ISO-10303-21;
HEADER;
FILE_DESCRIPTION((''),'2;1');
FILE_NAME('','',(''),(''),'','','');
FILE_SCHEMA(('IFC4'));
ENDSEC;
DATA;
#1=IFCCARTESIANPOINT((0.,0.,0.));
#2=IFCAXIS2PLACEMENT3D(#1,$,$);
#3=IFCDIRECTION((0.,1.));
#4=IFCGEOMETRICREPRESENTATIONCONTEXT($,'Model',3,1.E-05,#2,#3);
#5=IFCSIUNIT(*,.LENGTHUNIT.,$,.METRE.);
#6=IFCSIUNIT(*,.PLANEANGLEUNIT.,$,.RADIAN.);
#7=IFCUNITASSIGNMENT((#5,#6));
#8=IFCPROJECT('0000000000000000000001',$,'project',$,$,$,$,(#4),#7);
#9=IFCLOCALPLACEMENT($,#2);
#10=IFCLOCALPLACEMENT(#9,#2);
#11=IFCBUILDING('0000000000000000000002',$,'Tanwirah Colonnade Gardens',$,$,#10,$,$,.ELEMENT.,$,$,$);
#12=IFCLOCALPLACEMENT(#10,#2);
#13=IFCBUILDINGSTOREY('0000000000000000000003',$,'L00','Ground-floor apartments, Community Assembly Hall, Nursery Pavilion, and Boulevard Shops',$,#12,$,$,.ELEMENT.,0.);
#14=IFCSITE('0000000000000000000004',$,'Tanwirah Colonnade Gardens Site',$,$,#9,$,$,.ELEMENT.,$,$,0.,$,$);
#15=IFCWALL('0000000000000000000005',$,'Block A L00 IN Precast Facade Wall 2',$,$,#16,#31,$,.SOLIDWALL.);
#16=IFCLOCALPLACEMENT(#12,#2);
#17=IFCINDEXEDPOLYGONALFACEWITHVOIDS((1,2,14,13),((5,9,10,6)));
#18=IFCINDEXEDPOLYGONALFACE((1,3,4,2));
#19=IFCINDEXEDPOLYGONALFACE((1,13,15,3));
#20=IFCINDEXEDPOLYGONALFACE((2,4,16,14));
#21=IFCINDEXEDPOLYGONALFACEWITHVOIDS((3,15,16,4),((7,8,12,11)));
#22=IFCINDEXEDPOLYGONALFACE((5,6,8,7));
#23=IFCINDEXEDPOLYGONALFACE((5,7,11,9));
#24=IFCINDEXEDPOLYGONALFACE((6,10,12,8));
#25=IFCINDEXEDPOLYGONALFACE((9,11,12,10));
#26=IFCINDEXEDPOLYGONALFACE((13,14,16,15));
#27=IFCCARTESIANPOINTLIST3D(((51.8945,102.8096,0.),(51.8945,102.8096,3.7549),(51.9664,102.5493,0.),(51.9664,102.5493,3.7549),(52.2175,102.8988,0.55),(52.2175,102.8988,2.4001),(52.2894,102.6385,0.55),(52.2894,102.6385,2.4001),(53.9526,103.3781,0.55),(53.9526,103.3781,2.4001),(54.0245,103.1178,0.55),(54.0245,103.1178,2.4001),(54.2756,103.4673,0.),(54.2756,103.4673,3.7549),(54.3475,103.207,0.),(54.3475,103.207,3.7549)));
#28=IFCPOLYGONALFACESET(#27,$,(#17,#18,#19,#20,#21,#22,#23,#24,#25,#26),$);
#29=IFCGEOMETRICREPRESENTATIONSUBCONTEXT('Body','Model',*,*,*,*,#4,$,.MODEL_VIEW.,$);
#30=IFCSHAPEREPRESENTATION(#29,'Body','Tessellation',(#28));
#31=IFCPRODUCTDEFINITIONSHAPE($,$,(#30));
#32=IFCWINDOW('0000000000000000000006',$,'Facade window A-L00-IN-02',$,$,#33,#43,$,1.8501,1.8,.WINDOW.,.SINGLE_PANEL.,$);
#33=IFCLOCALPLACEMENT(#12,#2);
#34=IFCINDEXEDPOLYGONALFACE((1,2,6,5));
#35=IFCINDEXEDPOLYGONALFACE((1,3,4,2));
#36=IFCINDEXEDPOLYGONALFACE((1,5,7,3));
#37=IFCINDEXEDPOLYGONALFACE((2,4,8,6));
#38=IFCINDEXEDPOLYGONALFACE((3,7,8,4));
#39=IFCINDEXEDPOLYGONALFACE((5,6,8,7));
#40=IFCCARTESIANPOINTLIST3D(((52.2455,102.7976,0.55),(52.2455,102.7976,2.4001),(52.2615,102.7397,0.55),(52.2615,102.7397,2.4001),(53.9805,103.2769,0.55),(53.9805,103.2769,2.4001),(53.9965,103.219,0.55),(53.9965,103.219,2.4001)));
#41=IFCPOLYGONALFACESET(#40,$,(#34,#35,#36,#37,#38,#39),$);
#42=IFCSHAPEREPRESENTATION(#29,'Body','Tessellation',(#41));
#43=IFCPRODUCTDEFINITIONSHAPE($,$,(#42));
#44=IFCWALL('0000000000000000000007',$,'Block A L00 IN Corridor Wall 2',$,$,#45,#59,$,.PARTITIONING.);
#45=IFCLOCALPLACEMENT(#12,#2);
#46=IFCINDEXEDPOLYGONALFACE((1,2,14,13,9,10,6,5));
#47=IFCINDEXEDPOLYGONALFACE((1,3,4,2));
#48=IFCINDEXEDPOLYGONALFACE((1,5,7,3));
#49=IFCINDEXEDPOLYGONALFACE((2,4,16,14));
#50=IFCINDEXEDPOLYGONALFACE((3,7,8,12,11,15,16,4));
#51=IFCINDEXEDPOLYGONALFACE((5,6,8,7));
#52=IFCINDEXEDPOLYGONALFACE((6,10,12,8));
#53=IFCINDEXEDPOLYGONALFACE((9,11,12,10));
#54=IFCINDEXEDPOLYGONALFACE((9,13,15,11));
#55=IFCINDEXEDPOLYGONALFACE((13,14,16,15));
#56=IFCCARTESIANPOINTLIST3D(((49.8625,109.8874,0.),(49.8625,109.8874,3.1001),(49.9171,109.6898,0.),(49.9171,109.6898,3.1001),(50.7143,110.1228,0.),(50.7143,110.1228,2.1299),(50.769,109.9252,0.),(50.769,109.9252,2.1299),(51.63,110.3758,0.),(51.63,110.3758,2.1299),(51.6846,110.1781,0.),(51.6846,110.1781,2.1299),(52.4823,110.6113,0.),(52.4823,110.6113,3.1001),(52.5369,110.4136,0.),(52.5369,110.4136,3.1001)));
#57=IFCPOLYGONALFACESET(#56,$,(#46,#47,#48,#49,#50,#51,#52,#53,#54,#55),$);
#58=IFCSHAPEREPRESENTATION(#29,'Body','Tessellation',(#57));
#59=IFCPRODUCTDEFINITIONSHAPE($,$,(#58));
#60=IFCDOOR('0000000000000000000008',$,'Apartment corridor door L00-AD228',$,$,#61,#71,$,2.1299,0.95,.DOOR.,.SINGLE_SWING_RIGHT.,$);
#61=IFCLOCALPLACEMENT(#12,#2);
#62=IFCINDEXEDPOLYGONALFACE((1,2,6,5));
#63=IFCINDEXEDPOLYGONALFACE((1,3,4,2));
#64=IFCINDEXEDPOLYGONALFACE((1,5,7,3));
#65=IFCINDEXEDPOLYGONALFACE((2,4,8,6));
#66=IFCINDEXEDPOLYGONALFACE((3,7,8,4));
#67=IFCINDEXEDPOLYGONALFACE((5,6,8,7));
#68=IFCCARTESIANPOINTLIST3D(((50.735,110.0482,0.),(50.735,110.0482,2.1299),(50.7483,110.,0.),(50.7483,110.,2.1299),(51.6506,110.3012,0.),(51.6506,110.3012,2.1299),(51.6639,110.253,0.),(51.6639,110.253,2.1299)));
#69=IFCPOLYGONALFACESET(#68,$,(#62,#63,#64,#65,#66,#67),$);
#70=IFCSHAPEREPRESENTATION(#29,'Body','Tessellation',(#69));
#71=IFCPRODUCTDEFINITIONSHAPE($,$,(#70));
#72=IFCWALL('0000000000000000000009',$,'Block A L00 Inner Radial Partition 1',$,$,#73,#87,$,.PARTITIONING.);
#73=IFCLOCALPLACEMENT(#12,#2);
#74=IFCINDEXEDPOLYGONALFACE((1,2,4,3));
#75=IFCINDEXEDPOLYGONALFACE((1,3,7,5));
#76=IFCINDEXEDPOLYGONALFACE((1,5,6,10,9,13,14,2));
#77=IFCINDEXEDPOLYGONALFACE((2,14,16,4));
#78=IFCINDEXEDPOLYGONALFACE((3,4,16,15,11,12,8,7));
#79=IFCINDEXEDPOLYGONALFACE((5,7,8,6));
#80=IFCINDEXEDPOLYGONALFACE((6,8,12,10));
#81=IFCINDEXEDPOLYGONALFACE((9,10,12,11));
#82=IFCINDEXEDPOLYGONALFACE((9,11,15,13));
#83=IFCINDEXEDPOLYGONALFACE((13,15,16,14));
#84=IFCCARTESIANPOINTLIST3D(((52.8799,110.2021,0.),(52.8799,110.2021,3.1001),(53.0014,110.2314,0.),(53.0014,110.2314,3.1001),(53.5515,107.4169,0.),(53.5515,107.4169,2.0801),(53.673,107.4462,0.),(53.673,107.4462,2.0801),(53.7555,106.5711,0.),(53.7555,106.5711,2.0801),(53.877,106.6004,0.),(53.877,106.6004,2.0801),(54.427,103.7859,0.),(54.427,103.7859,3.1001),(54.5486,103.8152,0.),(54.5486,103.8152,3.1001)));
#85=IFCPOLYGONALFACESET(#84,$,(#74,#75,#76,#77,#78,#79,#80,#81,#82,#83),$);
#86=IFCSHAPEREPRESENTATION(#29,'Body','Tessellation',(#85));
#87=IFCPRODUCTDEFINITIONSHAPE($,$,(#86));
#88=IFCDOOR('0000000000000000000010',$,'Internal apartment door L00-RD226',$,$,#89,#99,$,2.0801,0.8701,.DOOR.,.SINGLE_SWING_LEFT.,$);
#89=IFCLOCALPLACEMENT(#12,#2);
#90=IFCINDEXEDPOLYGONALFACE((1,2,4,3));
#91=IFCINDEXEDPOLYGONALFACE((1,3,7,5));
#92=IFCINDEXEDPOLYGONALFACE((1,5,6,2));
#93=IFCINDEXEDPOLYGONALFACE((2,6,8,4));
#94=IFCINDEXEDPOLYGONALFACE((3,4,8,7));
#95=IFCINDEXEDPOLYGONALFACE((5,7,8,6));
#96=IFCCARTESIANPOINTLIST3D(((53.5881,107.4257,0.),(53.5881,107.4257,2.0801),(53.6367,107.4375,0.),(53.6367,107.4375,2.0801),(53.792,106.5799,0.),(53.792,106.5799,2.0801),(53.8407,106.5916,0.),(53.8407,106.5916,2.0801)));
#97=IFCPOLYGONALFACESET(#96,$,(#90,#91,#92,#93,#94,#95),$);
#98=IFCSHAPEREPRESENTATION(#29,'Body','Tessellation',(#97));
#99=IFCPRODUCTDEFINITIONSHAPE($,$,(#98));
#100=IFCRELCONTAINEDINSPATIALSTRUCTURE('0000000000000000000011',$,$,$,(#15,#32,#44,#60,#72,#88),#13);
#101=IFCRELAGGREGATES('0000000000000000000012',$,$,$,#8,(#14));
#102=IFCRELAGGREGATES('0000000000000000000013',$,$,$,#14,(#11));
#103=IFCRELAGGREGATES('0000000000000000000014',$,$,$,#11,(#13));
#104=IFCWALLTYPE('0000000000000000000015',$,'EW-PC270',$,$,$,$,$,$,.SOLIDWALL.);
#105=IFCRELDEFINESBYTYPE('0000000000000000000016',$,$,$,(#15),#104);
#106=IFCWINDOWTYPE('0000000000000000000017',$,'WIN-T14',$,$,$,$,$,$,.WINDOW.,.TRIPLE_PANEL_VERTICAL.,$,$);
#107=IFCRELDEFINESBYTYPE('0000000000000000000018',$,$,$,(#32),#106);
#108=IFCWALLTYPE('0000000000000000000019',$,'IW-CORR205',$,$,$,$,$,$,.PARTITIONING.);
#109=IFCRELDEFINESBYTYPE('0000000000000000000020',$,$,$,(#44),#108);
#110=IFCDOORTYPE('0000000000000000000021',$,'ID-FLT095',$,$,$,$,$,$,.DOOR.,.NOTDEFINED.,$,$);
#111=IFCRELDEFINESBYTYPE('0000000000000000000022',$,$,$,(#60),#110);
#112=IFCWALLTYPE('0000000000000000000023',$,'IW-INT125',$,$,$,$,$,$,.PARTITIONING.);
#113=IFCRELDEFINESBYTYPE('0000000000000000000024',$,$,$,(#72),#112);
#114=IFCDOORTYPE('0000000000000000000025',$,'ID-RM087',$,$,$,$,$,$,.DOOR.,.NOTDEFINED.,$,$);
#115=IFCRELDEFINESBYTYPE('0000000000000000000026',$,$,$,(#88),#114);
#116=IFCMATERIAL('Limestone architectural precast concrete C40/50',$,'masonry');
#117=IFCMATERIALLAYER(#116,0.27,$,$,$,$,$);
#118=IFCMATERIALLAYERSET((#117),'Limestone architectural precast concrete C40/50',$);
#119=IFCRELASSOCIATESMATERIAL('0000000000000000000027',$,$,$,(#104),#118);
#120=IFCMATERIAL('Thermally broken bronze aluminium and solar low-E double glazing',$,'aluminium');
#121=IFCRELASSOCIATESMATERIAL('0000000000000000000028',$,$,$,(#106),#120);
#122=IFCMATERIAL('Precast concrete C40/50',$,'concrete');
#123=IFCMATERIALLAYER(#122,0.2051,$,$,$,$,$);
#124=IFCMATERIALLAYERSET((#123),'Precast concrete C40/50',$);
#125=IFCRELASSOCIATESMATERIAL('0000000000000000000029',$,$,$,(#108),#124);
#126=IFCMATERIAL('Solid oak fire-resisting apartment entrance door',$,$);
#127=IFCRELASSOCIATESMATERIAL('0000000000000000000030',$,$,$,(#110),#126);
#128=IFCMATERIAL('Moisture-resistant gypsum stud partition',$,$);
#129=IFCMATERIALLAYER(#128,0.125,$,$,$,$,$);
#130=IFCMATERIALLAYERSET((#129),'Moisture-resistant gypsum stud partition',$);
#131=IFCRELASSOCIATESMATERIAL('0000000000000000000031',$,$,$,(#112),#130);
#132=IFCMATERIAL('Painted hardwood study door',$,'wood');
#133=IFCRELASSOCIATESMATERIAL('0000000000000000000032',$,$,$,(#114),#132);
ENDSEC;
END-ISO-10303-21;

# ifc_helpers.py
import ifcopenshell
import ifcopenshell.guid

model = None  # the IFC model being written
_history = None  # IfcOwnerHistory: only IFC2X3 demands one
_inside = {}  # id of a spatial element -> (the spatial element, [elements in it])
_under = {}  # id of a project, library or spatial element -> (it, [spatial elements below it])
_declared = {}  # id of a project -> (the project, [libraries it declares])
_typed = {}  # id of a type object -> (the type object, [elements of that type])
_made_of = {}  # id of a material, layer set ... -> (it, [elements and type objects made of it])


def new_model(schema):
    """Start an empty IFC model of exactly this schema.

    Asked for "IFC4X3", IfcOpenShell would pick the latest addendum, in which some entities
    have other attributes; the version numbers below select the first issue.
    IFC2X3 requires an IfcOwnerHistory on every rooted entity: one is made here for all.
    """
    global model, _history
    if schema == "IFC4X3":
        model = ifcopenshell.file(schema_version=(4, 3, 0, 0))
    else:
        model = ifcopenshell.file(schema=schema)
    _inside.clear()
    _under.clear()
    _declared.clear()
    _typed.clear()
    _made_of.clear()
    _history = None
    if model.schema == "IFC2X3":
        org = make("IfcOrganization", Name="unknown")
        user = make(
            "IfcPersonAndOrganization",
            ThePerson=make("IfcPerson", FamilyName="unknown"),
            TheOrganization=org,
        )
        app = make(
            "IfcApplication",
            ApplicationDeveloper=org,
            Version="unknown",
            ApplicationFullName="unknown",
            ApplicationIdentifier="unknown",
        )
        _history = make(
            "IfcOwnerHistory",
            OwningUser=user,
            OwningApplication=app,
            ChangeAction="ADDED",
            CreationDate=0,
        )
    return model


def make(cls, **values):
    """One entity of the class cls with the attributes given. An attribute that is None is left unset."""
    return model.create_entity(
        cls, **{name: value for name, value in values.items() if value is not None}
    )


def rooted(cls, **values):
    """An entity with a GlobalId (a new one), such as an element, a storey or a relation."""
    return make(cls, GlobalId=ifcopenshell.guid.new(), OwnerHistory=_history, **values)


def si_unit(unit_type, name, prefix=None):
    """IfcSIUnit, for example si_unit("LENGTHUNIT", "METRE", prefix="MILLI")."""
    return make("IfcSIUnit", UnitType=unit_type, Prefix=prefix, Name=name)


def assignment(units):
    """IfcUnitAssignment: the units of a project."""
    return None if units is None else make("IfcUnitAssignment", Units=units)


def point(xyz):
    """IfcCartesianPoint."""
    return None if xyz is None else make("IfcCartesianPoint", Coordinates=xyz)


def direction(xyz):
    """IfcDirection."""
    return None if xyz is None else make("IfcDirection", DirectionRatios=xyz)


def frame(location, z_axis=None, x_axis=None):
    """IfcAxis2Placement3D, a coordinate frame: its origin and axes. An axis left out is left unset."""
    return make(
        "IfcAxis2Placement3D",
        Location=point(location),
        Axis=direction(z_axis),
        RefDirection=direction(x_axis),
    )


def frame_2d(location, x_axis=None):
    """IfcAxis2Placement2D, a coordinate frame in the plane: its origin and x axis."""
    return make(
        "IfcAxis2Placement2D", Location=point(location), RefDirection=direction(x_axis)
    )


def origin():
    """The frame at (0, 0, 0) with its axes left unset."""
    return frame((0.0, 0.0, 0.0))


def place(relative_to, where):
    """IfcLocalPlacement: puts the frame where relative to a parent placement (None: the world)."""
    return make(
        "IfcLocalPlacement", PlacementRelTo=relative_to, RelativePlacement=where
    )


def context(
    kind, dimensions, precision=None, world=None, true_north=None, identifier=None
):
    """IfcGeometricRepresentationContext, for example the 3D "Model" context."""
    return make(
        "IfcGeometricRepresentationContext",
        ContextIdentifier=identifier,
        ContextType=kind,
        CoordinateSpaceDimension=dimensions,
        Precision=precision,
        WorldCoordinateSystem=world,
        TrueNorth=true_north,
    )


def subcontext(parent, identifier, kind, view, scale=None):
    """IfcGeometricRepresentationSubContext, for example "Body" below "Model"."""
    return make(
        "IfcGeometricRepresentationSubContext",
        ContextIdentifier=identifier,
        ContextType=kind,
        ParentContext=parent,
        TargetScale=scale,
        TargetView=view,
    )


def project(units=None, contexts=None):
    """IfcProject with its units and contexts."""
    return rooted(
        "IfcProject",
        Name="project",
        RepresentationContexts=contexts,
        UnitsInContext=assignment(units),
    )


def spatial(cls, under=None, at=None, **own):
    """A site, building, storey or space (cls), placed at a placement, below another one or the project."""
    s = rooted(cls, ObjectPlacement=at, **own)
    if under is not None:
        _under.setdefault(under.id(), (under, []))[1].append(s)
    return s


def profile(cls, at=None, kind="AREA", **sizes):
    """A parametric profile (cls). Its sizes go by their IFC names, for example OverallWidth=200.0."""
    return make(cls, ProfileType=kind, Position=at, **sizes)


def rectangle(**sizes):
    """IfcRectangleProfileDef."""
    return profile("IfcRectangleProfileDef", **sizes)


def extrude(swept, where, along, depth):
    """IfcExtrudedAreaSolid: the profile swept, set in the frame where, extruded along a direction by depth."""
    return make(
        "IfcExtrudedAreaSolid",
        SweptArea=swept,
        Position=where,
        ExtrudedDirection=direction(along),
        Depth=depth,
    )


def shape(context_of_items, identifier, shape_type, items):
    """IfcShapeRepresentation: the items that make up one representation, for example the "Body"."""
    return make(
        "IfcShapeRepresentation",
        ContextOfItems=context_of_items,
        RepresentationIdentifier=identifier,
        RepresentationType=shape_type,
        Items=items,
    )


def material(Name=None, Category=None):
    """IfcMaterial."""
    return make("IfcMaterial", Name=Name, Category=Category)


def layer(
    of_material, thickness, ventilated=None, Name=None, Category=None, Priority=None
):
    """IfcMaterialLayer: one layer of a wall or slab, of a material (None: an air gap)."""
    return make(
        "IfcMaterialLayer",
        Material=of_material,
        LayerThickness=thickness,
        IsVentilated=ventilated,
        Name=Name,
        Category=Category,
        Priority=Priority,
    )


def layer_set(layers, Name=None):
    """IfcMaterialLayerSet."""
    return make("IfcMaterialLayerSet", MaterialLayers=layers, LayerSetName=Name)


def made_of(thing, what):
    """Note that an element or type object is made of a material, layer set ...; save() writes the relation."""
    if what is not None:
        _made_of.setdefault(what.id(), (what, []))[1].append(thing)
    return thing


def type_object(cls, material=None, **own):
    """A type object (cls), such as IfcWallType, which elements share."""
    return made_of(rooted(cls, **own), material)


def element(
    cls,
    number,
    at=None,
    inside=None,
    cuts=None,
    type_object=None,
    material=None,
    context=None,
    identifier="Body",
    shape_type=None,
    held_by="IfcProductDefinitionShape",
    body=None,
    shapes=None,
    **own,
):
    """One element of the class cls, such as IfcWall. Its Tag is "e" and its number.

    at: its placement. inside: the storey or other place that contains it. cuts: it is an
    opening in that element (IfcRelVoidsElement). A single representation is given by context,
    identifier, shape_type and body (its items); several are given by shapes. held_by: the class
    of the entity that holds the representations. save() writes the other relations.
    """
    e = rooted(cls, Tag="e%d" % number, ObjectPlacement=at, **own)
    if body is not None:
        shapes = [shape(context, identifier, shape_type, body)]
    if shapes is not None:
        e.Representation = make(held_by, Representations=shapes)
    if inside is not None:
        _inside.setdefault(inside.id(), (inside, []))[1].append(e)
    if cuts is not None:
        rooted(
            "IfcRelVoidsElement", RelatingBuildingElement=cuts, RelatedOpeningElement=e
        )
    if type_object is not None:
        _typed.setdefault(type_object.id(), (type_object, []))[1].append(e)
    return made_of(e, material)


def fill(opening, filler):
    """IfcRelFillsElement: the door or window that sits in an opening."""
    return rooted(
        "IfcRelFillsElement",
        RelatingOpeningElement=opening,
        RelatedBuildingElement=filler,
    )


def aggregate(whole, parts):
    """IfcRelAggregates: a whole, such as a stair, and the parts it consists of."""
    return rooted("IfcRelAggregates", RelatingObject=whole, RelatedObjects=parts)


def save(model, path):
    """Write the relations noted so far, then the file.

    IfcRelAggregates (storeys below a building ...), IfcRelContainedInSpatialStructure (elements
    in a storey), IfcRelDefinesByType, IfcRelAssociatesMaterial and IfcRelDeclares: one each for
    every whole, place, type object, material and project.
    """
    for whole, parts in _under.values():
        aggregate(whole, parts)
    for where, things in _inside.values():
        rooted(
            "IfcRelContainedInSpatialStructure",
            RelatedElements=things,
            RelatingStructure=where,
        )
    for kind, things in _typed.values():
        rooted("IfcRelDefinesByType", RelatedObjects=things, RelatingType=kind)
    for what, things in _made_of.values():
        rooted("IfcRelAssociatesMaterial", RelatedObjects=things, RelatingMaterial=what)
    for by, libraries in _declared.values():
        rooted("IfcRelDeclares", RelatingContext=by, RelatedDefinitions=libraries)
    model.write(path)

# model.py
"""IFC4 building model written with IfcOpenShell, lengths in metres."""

from ifc_helpers import new_model, si_unit, direction, frame, frame_2d, origin, place, context, subcontext, project, spatial, rectangle, extrude, material, layer, layer_set, type_object, element, fill, save


model = new_model("IFC4")

# Units and contexts
model_context = context("Model", 3, precision=1e-05, world=origin(), true_north=direction((0.0, 1.0)))
body_context = subcontext(model_context, "Body", "Model", "MODEL_VIEW")
ifc_project = project(units=[si_unit("LENGTHUNIT", "METRE"), si_unit("PLANEANGLEUNIT", "RADIAN")], contexts=[model_context])

# Site, building, storey
site_placement = place(None, origin())
site = spatial("IfcSite", under=ifc_project, at=site_placement, Name="Tanwirah Colonnade Gardens Site", CompositionType="ELEMENT", RefElevation=0.0)
building_placement = place(site_placement, origin())
building = spatial("IfcBuilding", under=site, at=building_placement, Name="Tanwirah Colonnade Gardens", CompositionType="ELEMENT")
storey_placement = place(building_placement, origin())
storey = spatial("IfcBuildingStorey", under=building, at=storey_placement, Name="L00", Description="Ground-floor apartments, Community Assembly Hall, Nursery Pavilion, and Boulevard Shops", CompositionType="ELEMENT", Elevation=0.0)

# Shared definitions
ifc_material_1 = material(Name="Precast concrete C40/50", Category="concrete")

# Wall, opening, window
ifc_material_2 = material(Name="Limestone architectural precast concrete C40/50", Category="masonry")
ifc_layer_1 = layer(ifc_material_2, 0.27)
ifc_layer_set_1 = layer_set([ifc_layer_1], Name="Limestone architectural precast concrete C40/50")
wall_type_1 = type_object("IfcWallType", Name="EW-PC270", PredefinedType="SOLIDWALL", material=ifc_layer_set_1)
wall_1_placement = place(storey_placement, frame((54.3115, 103.3372, 0.0), z_axis=(0.0, 0.0, 1.0), x_axis=(-0.963903, -0.266252, 0.0)))
wall_1 = element("IfcWall", 1, at=wall_1_placement, inside=storey, type_object=wall_type_1, Name="Block A L00 IN Precast Facade Wall 2", PredefinedType="SOLIDWALL", context=body_context, shape_type="SweptSolid", body=[
    extrude(rectangle(XDim=2.4702, YDim=0.27, at=frame_2d((1.2351, 0.0))), origin(), (0.0, 0.0, 1.0), 3.7549),
])
opening_1_placement = place(wall_1_placement, frame((0.3352, 0.0, 0.55)))
opening_1 = element("IfcOpeningElement", 2, at=opening_1_placement, cuts=wall_1, PredefinedType="OPENING", context=body_context, shape_type="SweptSolid", body=[
    extrude(rectangle(XDim=1.8, YDim=1.8501, at=frame_2d((0.8999, 0.925))), frame((0.0, 0.145, 0.0), z_axis=(0.0, -1.0, 0.0), x_axis=(1.0, 0.0, 0.0)), (0.0, 0.0, 1.0), 0.29),
])
ifc_material_3 = material(Name="Thermally broken bronze aluminium and solar low-E double glazing", Category="aluminium")
window_type = type_object("IfcWindowType", Name="WIN-T14", PartitioningType="TRIPLE_PANEL_VERTICAL", PredefinedType="WINDOW", material=ifc_material_3)
window_placement = place(opening_1_placement, origin())
window = element("IfcWindow", 3, at=window_placement, inside=storey, type_object=window_type, Name="Facade window A-L00-IN-02", OverallHeight=1.8501, OverallWidth=1.8, PartitioningType="SINGLE_PANEL", PredefinedType="WINDOW", context=body_context, shape_type="SweptSolid", body=[
    extrude(rectangle(XDim=1.8, YDim=1.8501, at=frame_2d((0.8999, 0.925))), frame((0.0, 0.03, 0.0), z_axis=(0.0, -1.0, 0.0), x_axis=(1.0, 0.0, 0.0)), (0.0, 0.0, 1.0), 0.0601),
])
fill(opening_1, window)

# Walls, openings, doors
ifc_layer_2 = layer(ifc_material_1, 0.2051)
ifc_layer_set_2 = layer_set([ifc_layer_2], Name="Precast concrete C40/50")
wall_type_2 = type_object("IfcWallType", Name="IW-CORR205", PredefinedType="PARTITIONING", material=ifc_layer_set_2)
wall_2_placement = place(storey_placement, frame((52.5095, 110.5125, 0.0), z_axis=(0.0, 0.0, 1.0), x_axis=(-0.963884, -0.266323, 0.0)))
wall_2 = element("IfcWall", 4, at=wall_2_placement, inside=storey, type_object=wall_type_2, Name="Block A L00 IN Corridor Wall 2", PredefinedType="PARTITIONING", context=body_context, shape_type="SweptSolid", body=[
    extrude(rectangle(XDim=2.718, YDim=0.2051, at=frame_2d((1.3589, 0.0))), origin(), (0.0, 0.0, 1.0), 3.1001),
])
opening_2_placement = place(wall_2_placement, frame((0.884, 0.0, 0.0)))
opening_2 = element("IfcOpeningElement", 5, at=opening_2_placement, cuts=wall_2, PredefinedType="OPENING", context=body_context, shape_type="SweptSolid", body=[
    extrude(rectangle(XDim=0.95, YDim=2.1299, at=frame_2d((0.4751, 1.0649))), frame((0.0, 0.1125, 0.0), z_axis=(0.0, -1.0, 0.0), x_axis=(1.0, 0.0, 0.0)), (0.0, 0.0, 1.0), 0.2251),
])
ifc_material_4 = material(Name="Solid oak fire-resisting apartment entrance door")
door_type_1 = type_object("IfcDoorType", Name="ID-FLT095", OperationType="NOTDEFINED", PredefinedType="DOOR", material=ifc_material_4)
door_1_placement = place(opening_2_placement, origin())
door_1 = element("IfcDoor", 6, at=door_1_placement, inside=storey, type_object=door_type_1, Name="Apartment corridor door L00-AD228", OperationType="SINGLE_SWING_RIGHT", OverallHeight=2.1299, OverallWidth=0.95, PredefinedType="DOOR", context=body_context, shape_type="SweptSolid", body=[
    extrude(rectangle(XDim=0.95, YDim=2.1299, at=frame_2d((0.4751, 1.0649))), frame((0.0, 0.0249, 0.0), z_axis=(0.0, -1.0, 0.0), x_axis=(1.0, 0.0, 0.0)), (0.0, 0.0, 1.0), 0.05),
])
fill(opening_2, door_1)
ifc_material_5 = material(Name="Moisture-resistant gypsum stud partition")
ifc_layer_3 = layer(ifc_material_5, 0.125)
ifc_layer_set_3 = layer_set([ifc_layer_3], Name="Moisture-resistant gypsum stud partition")
wall_type_3 = type_object("IfcWallType", Name="IW-INT125", PredefinedType="PARTITIONING", material=ifc_layer_set_3)
wall_3_placement = place(storey_placement, frame((54.4878, 103.8005, 0.0), z_axis=(0.0, 0.0, 1.0), x_axis=(-0.234407, 0.972139, 0.0)))
wall_3 = element("IfcWall", 7, at=wall_3_placement, inside=storey, type_object=wall_type_3, Name="Block A L00 Inner Radial Partition 1", PredefinedType="PARTITIONING", context=body_context, shape_type="SweptSolid", body=[
    extrude(rectangle(XDim=6.6001, YDim=0.125, at=frame_2d((3.3, 0.0))), origin(), (0.0, 0.0, 1.0), 3.1001),
])
opening_3_placement = place(wall_3_placement, frame((2.865, 0.0, 0.0)))
opening_3 = element("IfcOpeningElement", 8, at=opening_3_placement, cuts=wall_3, PredefinedType="OPENING", context=body_context, shape_type="SweptSolid", body=[
    extrude(rectangle(XDim=0.8701, YDim=2.0801, at=frame_2d((0.4351, 1.04))), frame((0.0, 0.0725, 0.0), z_axis=(0.0, -1.0, 0.0), x_axis=(1.0, 0.0, 0.0)), (0.0, 0.0, 1.0), 0.145),
])
ifc_material_6 = material(Name="Painted hardwood study door", Category="wood")
door_type_2 = type_object("IfcDoorType", Name="ID-RM087", OperationType="NOTDEFINED", PredefinedType="DOOR", material=ifc_material_6)
door_2_placement = place(opening_3_placement, origin())
door_2 = element("IfcDoor", 9, at=door_2_placement, inside=storey, type_object=door_type_2, Name="Internal apartment door L00-RD226", OperationType="SINGLE_SWING_LEFT", OverallHeight=2.0801, OverallWidth=0.8701, PredefinedType="DOOR", context=body_context, shape_type="SweptSolid", body=[
    extrude(rectangle(XDim=0.8701, YDim=2.0801, at=frame_2d((0.4351, 1.04))), frame((0.0, 0.0249, 0.0), z_axis=(0.0, -1.0, 0.0), x_axis=(1.0, 0.0, 0.0)), (0.0, 0.0, 1.0), 0.05),
])
fill(opening_3, door_2)

save(model, "model.ifc")
